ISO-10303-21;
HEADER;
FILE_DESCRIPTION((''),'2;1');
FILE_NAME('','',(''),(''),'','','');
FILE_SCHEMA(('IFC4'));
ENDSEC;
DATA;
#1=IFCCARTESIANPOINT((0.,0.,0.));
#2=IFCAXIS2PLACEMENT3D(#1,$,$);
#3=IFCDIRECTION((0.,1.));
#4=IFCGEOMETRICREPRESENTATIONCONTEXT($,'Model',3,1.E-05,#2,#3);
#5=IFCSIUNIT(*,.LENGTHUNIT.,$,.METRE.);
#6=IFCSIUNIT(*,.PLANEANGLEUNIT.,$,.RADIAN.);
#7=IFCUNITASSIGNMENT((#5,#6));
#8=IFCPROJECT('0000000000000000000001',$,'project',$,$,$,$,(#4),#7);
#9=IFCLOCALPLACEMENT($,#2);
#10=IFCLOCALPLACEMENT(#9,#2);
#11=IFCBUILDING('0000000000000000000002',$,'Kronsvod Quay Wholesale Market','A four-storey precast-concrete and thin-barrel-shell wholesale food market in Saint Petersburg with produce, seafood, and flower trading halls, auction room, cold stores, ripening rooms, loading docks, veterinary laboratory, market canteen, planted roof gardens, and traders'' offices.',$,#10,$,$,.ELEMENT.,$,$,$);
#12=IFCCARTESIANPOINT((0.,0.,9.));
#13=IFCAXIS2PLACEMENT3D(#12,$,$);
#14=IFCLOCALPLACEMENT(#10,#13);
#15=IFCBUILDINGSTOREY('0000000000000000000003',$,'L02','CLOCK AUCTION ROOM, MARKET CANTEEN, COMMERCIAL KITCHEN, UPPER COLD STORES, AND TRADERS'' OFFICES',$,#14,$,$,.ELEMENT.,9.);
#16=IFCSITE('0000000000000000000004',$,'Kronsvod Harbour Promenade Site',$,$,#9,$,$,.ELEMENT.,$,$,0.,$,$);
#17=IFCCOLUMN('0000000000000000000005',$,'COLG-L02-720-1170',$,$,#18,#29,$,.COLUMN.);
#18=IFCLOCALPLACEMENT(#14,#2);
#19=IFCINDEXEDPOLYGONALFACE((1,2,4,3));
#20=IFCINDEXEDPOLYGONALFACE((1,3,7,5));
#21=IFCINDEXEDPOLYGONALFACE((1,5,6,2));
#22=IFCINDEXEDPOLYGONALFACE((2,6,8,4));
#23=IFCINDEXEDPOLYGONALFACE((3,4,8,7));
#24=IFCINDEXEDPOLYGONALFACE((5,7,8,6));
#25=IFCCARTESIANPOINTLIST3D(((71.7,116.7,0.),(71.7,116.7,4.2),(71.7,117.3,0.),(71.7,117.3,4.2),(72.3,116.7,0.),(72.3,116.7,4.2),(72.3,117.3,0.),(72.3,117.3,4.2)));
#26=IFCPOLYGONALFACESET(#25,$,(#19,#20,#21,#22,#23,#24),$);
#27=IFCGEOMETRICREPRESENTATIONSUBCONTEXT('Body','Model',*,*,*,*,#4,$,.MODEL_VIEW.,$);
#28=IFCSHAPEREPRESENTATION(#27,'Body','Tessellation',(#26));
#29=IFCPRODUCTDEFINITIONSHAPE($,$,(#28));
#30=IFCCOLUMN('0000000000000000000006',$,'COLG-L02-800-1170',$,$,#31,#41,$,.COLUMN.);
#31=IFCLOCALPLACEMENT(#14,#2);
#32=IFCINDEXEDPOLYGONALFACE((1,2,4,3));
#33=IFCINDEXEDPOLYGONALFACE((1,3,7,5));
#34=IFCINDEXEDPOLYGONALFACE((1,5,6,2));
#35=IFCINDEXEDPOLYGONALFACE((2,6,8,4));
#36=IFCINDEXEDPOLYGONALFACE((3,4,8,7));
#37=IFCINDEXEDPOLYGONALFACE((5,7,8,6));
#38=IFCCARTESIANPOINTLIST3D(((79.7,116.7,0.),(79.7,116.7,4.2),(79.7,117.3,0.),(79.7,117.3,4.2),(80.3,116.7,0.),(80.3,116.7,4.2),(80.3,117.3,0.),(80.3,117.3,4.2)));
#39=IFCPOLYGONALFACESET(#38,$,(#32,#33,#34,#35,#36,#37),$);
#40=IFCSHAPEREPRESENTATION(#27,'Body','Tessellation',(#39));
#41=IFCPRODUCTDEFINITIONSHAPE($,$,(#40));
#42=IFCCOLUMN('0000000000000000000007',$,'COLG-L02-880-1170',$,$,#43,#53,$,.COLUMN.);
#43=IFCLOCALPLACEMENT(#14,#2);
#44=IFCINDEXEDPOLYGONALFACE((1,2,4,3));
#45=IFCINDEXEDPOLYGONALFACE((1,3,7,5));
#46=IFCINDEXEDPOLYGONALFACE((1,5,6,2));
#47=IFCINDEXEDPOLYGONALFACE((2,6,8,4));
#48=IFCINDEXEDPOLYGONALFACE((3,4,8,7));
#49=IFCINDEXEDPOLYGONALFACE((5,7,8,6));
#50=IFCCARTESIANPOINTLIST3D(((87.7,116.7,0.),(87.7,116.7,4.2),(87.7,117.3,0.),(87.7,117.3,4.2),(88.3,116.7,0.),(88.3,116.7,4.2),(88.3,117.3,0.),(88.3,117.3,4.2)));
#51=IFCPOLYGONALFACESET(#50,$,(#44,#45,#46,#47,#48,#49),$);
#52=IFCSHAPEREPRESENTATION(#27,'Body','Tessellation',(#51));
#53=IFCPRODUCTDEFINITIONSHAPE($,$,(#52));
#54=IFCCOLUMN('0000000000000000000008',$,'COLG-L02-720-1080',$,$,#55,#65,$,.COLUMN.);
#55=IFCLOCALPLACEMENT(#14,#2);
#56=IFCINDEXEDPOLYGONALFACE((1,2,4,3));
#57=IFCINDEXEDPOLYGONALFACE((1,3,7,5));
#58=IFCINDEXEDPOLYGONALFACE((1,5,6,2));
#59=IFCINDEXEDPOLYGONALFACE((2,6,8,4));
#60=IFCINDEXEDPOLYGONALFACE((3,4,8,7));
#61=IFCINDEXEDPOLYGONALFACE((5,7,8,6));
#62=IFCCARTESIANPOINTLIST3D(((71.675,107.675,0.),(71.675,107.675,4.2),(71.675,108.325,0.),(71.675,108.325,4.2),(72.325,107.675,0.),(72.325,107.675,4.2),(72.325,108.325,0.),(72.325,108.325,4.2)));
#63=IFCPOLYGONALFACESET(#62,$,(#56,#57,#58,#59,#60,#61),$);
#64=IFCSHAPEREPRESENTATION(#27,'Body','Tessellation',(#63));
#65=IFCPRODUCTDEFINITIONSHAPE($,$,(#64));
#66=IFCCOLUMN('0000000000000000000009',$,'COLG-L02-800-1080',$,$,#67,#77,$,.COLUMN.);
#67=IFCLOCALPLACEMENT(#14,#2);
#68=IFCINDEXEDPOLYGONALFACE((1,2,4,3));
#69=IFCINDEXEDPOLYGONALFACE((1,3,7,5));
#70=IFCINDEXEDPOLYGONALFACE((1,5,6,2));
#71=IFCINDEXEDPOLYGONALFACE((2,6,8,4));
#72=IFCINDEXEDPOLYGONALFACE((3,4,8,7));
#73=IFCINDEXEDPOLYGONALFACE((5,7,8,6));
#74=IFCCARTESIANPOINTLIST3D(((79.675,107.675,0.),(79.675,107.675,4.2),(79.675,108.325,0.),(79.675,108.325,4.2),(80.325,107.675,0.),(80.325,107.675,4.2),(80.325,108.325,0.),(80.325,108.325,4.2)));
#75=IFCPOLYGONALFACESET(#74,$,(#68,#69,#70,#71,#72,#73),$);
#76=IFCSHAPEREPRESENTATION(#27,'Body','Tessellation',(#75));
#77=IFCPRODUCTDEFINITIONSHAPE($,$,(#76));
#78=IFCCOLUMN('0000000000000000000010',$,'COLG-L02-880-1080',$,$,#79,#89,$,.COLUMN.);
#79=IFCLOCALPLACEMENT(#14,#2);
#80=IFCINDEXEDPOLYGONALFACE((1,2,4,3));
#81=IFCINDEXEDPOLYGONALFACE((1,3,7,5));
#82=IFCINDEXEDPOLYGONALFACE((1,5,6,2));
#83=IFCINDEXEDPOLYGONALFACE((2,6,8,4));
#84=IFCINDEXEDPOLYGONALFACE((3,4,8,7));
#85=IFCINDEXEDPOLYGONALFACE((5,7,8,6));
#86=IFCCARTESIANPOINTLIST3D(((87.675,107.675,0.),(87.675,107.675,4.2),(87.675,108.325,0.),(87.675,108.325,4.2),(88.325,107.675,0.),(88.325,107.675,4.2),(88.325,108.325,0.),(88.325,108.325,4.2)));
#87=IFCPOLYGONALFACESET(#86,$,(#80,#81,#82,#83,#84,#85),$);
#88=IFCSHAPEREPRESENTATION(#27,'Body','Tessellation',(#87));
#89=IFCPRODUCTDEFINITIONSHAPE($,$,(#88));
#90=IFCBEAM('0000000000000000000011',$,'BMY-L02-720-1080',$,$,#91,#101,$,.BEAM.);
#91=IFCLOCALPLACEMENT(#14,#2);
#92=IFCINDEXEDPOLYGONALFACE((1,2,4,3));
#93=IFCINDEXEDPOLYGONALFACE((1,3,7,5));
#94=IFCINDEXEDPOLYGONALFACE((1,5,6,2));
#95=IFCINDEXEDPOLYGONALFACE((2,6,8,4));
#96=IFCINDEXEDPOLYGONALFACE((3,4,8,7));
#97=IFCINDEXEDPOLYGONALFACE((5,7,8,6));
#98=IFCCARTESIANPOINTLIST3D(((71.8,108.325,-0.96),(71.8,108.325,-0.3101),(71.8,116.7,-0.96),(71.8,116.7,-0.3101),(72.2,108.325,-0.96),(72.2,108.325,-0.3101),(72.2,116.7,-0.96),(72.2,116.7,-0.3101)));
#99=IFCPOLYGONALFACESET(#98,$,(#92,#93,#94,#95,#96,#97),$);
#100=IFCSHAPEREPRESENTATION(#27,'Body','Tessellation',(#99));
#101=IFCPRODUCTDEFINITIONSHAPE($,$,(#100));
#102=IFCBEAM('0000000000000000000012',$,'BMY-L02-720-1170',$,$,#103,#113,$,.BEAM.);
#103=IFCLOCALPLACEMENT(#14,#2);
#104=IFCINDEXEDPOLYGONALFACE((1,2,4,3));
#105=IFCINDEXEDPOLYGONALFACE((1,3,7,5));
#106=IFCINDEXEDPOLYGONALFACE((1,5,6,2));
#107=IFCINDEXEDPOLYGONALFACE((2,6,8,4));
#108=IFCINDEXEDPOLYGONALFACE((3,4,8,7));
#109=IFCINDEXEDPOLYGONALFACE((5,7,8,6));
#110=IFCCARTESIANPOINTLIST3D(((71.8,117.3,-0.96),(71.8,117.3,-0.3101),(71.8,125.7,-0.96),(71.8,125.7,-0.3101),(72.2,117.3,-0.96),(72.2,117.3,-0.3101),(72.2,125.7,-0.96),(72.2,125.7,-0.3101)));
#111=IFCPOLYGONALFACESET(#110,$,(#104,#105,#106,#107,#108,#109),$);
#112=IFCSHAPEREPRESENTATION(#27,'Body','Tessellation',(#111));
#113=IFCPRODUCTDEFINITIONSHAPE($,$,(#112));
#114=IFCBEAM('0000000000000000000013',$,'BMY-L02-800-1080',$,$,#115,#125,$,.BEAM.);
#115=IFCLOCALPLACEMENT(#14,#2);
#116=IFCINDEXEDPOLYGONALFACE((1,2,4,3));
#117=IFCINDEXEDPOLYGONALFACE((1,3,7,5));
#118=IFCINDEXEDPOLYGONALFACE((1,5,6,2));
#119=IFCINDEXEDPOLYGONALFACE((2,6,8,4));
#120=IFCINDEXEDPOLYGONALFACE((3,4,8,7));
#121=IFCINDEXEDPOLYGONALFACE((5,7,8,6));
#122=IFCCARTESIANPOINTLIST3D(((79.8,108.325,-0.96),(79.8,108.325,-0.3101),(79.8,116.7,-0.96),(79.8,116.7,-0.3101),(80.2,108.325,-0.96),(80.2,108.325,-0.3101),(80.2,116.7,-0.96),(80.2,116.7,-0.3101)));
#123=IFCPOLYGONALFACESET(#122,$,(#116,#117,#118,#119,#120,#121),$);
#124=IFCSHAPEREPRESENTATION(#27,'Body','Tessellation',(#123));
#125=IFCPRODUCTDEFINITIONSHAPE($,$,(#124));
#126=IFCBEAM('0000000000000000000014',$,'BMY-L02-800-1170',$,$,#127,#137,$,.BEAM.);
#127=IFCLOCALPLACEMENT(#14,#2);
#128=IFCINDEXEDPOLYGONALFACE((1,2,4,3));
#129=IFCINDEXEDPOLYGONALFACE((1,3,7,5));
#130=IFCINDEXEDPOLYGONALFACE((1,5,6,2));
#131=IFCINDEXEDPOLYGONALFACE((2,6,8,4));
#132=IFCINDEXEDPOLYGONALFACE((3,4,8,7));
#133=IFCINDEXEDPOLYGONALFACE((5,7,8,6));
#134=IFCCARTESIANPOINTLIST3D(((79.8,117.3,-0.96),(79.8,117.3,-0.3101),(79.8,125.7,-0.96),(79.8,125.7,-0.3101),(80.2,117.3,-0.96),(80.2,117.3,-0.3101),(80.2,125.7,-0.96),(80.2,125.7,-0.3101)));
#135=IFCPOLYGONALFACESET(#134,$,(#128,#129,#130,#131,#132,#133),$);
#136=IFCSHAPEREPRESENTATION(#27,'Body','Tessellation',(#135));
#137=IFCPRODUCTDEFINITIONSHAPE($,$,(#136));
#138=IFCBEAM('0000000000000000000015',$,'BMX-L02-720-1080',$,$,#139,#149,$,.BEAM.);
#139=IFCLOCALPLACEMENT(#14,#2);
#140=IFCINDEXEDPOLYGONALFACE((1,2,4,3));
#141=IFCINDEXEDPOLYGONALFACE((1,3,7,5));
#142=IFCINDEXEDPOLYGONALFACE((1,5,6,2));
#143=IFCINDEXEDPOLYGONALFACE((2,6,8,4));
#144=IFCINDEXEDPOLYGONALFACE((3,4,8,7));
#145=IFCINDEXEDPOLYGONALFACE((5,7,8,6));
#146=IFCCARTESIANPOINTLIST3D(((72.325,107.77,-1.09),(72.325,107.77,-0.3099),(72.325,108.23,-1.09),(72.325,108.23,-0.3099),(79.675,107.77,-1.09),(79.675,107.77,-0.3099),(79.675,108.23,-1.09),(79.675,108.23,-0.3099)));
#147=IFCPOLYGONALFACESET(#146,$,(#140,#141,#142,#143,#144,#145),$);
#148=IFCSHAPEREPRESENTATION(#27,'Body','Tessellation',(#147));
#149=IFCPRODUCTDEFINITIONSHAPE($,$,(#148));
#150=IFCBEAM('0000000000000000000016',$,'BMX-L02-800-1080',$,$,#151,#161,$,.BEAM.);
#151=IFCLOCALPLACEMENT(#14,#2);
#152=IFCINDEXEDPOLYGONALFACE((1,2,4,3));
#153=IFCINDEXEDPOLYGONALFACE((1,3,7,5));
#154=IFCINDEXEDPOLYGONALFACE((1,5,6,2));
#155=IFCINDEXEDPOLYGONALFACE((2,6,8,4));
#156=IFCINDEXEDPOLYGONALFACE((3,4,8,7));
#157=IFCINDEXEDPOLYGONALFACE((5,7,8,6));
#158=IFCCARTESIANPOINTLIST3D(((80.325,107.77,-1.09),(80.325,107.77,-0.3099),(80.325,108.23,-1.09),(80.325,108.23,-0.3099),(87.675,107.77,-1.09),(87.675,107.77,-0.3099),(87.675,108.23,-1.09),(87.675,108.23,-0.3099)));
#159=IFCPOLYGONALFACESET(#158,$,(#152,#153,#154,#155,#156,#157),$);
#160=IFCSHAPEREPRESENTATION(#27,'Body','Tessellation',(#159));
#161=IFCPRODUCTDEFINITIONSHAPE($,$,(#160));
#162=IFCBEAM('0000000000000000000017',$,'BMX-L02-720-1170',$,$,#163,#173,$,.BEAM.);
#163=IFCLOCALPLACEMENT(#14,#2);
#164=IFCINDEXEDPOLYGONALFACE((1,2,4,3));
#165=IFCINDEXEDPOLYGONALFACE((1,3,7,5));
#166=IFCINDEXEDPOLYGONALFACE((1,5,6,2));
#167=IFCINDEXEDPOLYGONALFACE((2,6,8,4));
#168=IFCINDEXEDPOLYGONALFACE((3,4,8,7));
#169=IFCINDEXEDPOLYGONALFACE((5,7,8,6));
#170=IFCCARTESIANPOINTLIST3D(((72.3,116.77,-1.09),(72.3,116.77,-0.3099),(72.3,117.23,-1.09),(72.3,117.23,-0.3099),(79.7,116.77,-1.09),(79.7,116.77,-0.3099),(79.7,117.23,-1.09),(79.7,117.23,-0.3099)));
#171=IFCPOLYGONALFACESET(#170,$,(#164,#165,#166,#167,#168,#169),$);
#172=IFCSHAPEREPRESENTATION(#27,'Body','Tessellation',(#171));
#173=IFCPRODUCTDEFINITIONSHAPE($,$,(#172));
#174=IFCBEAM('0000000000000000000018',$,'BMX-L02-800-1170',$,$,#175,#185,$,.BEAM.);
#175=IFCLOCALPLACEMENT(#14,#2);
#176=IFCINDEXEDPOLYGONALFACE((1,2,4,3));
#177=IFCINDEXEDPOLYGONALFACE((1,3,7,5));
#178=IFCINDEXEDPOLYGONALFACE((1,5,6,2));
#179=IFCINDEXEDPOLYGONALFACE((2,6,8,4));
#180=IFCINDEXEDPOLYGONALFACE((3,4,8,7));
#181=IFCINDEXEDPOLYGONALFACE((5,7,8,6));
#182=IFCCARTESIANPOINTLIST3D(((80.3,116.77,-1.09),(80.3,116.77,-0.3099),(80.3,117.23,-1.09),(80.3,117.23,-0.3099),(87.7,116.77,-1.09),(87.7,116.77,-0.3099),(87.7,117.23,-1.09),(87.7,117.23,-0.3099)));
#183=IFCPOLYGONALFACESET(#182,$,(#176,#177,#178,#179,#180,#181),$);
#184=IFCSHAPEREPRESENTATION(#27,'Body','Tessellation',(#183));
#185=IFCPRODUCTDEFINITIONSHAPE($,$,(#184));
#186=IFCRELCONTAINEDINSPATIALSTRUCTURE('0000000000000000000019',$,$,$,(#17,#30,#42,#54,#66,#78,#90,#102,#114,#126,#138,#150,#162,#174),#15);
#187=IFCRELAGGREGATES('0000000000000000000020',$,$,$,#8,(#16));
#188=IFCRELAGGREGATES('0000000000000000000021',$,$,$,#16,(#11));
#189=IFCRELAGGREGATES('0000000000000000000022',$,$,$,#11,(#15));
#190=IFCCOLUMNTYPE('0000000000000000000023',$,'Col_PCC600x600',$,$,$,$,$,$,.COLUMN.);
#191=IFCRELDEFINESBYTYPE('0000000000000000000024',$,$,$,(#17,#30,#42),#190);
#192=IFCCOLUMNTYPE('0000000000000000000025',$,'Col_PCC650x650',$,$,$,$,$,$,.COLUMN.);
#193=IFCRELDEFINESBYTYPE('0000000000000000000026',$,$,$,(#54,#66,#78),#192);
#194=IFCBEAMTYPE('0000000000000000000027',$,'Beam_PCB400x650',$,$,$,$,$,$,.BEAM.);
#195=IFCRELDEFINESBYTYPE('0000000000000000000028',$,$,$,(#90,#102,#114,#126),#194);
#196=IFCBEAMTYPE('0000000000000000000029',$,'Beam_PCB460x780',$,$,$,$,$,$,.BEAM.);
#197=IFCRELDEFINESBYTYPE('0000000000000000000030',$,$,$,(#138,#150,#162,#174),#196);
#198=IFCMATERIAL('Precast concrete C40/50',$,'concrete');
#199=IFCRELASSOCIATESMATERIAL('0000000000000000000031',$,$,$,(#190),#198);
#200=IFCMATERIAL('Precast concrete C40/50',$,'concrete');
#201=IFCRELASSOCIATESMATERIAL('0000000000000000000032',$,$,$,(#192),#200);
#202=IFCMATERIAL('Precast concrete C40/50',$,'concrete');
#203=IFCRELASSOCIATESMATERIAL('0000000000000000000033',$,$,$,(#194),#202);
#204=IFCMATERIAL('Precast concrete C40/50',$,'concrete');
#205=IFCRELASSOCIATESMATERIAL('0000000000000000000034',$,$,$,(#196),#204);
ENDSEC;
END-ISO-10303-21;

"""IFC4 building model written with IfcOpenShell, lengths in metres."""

from ifc_helpers import new_model, si_unit, direction, frame, origin, origin_2d, place, context, subcontext, project, spatial, rectangle, extrude, material, material_profile, profile_set, type_object, element, save


model = new_model("IFC4")

# Units and contexts
model_context = context("Model", 3, precision=1e-05, world=origin(), true_north=direction((0.0, 1.0)))
body_context = subcontext(model_context, "Body", "Model", "MODEL_VIEW")
ifc_project = project(units=[si_unit("LENGTHUNIT", "METRE"), si_unit("PLANEANGLEUNIT", "RADIAN")], contexts=[model_context])

# Site, building, storey
site_placement = place(None, origin())
site = spatial("IfcSite", under=ifc_project, at=site_placement, Name="Kronsvod Harbour Promenade Site", CompositionType="ELEMENT", RefElevation=0.0)
building_placement = place(site_placement, origin())
building = spatial("IfcBuilding", under=site, at=building_placement, Name="Kronsvod Quay Wholesale Market", Description="A four-storey precast-concrete and thin-barrel-shell wholesale food market in Saint Petersburg with produce, seafood, and flower trading halls, auction room, cold stores, ripening rooms, loading docks, veterinary laboratory, market canteen, planted roof gardens, and traders' offices.", CompositionType="ELEMENT")
storey_placement = place(building_placement, frame((0.0, 0.0, 9.0)))
storey = spatial("IfcBuildingStorey", under=building, at=storey_placement, Name="L02", Description="CLOCK AUCTION ROOM, MARKET CANTEEN, COMMERCIAL KITCHEN, UPPER COLD STORES, AND TRADERS' OFFICES", CompositionType="ELEMENT", Elevation=9.0)

# Columns
ifc_material_1 = material(Name="Precast concrete C40/50", Category="concrete")
ifc_material_profile_1 = material_profile(ifc_material_1, rectangle(XDim=0.6001, YDim=0.6001, at=origin_2d()), Name="PCC600x600")
ifc_profile_set_1 = profile_set([ifc_material_profile_1], Name="Precast concrete C40/50")
column_type_1 = type_object("IfcColumnType", Name="Col_PCC600x600", PredefinedType="COLUMN", material=ifc_profile_set_1)
for number, where, z_axis, x_axis, name in (
    (1, (72.0, 117.0, 0.0), (0.0, 0.0, 1.0), (1.0, 0.0, 0.0), "COLG-L02-720-1170"),
    (2, (80.0, 117.0, 0.0), (0.0, 0.0, 1.0), (1.0, 0.0, 0.0), "COLG-L02-800-1170"),
    (3, (88.0, 117.0, 0.0), (0.0, 0.0, 1.0), (1.0, 0.0, 0.0), "COLG-L02-880-1170"),
):
    element("IfcColumn", number, at=place(storey_placement, frame(where, z_axis=z_axis, x_axis=x_axis)), inside=storey, type_object=column_type_1, Name=name, PredefinedType="COLUMN", context=body_context, shape_type="SweptSolid", body=[
        extrude(rectangle(XDim=0.6001, YDim=0.6001, at=origin_2d()), origin(), (0.0, 0.0, 1.0), 4.2),
    ])
ifc_material_2 = material(Name="Precast concrete C40/50", Category="concrete")
ifc_material_profile_2 = material_profile(ifc_material_2, rectangle(XDim=0.6499, YDim=0.6499, at=origin_2d()), Name="COL-08")
ifc_profile_set_2 = profile_set([ifc_material_profile_2], Name="Precast concrete C40/50")
column_type_2 = type_object("IfcColumnType", Name="Col_PCC650x650", PredefinedType="COLUMN", material=ifc_profile_set_2)
for number, where, z_axis, x_axis, name in (
    (4, (72.0, 108.0, 0.0), (0.0, 0.0, 1.0), (1.0, 0.0, 0.0), "COLG-L02-720-1080"),
    (5, (80.0, 108.0, 0.0), (0.0, 0.0, 1.0), (1.0, 0.0, 0.0), "COLG-L02-800-1080"),
    (6, (88.0, 108.0, 0.0), (0.0, 0.0, 1.0), (1.0, 0.0, 0.0), "COLG-L02-880-1080"),
):
    element("IfcColumn", number, at=place(storey_placement, frame(where, z_axis=z_axis, x_axis=x_axis)), inside=storey, type_object=column_type_2, Name=name, PredefinedType="COLUMN", context=body_context, shape_type="SweptSolid", body=[
        extrude(rectangle(XDim=0.6499, YDim=0.6499, at=origin_2d()), origin(), (0.0, 0.0, 1.0), 4.2),
    ])

# Beams
ifc_material_3 = material(Name="Precast concrete C40/50", Category="concrete")
ifc_material_profile_3 = material_profile(ifc_material_3, rectangle(XDim=0.3999, YDim=0.6499, at=origin_2d()), Name="PCB400x650")
ifc_profile_set_3 = profile_set([ifc_material_profile_3], Name="Precast concrete C40/50")
beam_type_1 = type_object("IfcBeamType", Name="Beam_PCB400x650", PredefinedType="BEAM", material=ifc_profile_set_3)
beam_1_placement = place(storey_placement, frame((72.0, 108.325, -0.635), z_axis=(0.0, 1.0, 0.0), x_axis=(-1.0, 0.0, 0.0)))
element("IfcBeam", 7, at=beam_1_placement, inside=storey, type_object=beam_type_1, Name="BMY-L02-720-1080", PredefinedType="BEAM", context=body_context, shape_type="SweptSolid", body=[
    extrude(rectangle(XDim=0.3999, YDim=0.6499, at=origin_2d()), origin(), (0.0, 0.0, 1.0), 8.375),
])
beam_2_placement = place(storey_placement, frame((72.0, 117.3, -0.635), z_axis=(0.0, 1.0, 0.0), x_axis=(-1.0, 0.0, 0.0)))
element("IfcBeam", 8, at=beam_2_placement, inside=storey, type_object=beam_type_1, Name="BMY-L02-720-1170", PredefinedType="BEAM", context=body_context, shape_type="SweptSolid", body=[
    extrude(rectangle(XDim=0.3999, YDim=0.6499, at=origin_2d()), origin(), (0.0, 0.0, 1.0), 8.3999),
])
beam_3_placement = place(storey_placement, frame((80.0, 108.325, -0.635), z_axis=(0.0, 1.0, 0.0), x_axis=(-1.0, 0.0, 0.0)))
element("IfcBeam", 9, at=beam_3_placement, inside=storey, type_object=beam_type_1, Name="BMY-L02-800-1080", PredefinedType="BEAM", context=body_context, shape_type="SweptSolid", body=[
    extrude(rectangle(XDim=0.3999, YDim=0.6499, at=origin_2d()), origin(), (0.0, 0.0, 1.0), 8.375),
])
beam_4_placement = place(storey_placement, frame((80.0, 117.3, -0.635), z_axis=(0.0, 1.0, 0.0), x_axis=(-1.0, 0.0, 0.0)))
element("IfcBeam", 10, at=beam_4_placement, inside=storey, type_object=beam_type_1, Name="BMY-L02-800-1170", PredefinedType="BEAM", context=body_context, shape_type="SweptSolid", body=[
    extrude(rectangle(XDim=0.3999, YDim=0.6499, at=origin_2d()), origin(), (0.0, 0.0, 1.0), 8.3999),
])
ifc_material_4 = material(Name="Precast concrete C40/50", Category="concrete")
ifc_material_profile_4 = material_profile(ifc_material_4, rectangle(XDim=0.46, YDim=0.78, at=origin_2d()), Name="PB-03")
ifc_profile_set_4 = profile_set([ifc_material_profile_4], Name="Precast concrete C40/50")
beam_type_2 = type_object("IfcBeamType", Name="Beam_PCB460x780", PredefinedType="BEAM", material=ifc_profile_set_4)
for number, where, z_axis, x_axis, name in (
    (11, (72.325, 108.0, -0.7), (1.0, 0.0, 0.0), (0.0, 1.0, 0.0), "BMX-L02-720-1080"),
    (12, (80.325, 108.0, -0.7), (1.0, 0.0, 0.0), (0.0, 1.0, 0.0), "BMX-L02-800-1080"),
):
    element("IfcBeam", number, at=place(storey_placement, frame(where, z_axis=z_axis, x_axis=x_axis)), inside=storey, type_object=beam_type_2, Name=name, PredefinedType="BEAM", context=body_context, shape_type="SweptSolid", body=[
        extrude(rectangle(XDim=0.46, YDim=0.78, at=origin_2d()), origin(), (0.0, 0.0, 1.0), 7.3501),
    ])
for number, where, z_axis, x_axis, name in (
    (13, (72.3, 117.0, -0.7), (1.0, 0.0, 0.0), (0.0, 1.0, 0.0), "BMX-L02-720-1170"),
    (14, (80.3, 117.0, -0.7), (1.0, 0.0, 0.0), (0.0, 1.0, 0.0), "BMX-L02-800-1170"),
):
    element("IfcBeam", number, at=place(storey_placement, frame(where, z_axis=z_axis, x_axis=x_axis)), inside=storey, type_object=beam_type_2, Name=name, PredefinedType="BEAM", context=body_context, shape_type="SweptSolid", body=[
        extrude(rectangle(XDim=0.46, YDim=0.78, at=origin_2d()), origin(), (0.0, 0.0, 1.0), 7.3999),
    ])

save(model, "model.ifc")
